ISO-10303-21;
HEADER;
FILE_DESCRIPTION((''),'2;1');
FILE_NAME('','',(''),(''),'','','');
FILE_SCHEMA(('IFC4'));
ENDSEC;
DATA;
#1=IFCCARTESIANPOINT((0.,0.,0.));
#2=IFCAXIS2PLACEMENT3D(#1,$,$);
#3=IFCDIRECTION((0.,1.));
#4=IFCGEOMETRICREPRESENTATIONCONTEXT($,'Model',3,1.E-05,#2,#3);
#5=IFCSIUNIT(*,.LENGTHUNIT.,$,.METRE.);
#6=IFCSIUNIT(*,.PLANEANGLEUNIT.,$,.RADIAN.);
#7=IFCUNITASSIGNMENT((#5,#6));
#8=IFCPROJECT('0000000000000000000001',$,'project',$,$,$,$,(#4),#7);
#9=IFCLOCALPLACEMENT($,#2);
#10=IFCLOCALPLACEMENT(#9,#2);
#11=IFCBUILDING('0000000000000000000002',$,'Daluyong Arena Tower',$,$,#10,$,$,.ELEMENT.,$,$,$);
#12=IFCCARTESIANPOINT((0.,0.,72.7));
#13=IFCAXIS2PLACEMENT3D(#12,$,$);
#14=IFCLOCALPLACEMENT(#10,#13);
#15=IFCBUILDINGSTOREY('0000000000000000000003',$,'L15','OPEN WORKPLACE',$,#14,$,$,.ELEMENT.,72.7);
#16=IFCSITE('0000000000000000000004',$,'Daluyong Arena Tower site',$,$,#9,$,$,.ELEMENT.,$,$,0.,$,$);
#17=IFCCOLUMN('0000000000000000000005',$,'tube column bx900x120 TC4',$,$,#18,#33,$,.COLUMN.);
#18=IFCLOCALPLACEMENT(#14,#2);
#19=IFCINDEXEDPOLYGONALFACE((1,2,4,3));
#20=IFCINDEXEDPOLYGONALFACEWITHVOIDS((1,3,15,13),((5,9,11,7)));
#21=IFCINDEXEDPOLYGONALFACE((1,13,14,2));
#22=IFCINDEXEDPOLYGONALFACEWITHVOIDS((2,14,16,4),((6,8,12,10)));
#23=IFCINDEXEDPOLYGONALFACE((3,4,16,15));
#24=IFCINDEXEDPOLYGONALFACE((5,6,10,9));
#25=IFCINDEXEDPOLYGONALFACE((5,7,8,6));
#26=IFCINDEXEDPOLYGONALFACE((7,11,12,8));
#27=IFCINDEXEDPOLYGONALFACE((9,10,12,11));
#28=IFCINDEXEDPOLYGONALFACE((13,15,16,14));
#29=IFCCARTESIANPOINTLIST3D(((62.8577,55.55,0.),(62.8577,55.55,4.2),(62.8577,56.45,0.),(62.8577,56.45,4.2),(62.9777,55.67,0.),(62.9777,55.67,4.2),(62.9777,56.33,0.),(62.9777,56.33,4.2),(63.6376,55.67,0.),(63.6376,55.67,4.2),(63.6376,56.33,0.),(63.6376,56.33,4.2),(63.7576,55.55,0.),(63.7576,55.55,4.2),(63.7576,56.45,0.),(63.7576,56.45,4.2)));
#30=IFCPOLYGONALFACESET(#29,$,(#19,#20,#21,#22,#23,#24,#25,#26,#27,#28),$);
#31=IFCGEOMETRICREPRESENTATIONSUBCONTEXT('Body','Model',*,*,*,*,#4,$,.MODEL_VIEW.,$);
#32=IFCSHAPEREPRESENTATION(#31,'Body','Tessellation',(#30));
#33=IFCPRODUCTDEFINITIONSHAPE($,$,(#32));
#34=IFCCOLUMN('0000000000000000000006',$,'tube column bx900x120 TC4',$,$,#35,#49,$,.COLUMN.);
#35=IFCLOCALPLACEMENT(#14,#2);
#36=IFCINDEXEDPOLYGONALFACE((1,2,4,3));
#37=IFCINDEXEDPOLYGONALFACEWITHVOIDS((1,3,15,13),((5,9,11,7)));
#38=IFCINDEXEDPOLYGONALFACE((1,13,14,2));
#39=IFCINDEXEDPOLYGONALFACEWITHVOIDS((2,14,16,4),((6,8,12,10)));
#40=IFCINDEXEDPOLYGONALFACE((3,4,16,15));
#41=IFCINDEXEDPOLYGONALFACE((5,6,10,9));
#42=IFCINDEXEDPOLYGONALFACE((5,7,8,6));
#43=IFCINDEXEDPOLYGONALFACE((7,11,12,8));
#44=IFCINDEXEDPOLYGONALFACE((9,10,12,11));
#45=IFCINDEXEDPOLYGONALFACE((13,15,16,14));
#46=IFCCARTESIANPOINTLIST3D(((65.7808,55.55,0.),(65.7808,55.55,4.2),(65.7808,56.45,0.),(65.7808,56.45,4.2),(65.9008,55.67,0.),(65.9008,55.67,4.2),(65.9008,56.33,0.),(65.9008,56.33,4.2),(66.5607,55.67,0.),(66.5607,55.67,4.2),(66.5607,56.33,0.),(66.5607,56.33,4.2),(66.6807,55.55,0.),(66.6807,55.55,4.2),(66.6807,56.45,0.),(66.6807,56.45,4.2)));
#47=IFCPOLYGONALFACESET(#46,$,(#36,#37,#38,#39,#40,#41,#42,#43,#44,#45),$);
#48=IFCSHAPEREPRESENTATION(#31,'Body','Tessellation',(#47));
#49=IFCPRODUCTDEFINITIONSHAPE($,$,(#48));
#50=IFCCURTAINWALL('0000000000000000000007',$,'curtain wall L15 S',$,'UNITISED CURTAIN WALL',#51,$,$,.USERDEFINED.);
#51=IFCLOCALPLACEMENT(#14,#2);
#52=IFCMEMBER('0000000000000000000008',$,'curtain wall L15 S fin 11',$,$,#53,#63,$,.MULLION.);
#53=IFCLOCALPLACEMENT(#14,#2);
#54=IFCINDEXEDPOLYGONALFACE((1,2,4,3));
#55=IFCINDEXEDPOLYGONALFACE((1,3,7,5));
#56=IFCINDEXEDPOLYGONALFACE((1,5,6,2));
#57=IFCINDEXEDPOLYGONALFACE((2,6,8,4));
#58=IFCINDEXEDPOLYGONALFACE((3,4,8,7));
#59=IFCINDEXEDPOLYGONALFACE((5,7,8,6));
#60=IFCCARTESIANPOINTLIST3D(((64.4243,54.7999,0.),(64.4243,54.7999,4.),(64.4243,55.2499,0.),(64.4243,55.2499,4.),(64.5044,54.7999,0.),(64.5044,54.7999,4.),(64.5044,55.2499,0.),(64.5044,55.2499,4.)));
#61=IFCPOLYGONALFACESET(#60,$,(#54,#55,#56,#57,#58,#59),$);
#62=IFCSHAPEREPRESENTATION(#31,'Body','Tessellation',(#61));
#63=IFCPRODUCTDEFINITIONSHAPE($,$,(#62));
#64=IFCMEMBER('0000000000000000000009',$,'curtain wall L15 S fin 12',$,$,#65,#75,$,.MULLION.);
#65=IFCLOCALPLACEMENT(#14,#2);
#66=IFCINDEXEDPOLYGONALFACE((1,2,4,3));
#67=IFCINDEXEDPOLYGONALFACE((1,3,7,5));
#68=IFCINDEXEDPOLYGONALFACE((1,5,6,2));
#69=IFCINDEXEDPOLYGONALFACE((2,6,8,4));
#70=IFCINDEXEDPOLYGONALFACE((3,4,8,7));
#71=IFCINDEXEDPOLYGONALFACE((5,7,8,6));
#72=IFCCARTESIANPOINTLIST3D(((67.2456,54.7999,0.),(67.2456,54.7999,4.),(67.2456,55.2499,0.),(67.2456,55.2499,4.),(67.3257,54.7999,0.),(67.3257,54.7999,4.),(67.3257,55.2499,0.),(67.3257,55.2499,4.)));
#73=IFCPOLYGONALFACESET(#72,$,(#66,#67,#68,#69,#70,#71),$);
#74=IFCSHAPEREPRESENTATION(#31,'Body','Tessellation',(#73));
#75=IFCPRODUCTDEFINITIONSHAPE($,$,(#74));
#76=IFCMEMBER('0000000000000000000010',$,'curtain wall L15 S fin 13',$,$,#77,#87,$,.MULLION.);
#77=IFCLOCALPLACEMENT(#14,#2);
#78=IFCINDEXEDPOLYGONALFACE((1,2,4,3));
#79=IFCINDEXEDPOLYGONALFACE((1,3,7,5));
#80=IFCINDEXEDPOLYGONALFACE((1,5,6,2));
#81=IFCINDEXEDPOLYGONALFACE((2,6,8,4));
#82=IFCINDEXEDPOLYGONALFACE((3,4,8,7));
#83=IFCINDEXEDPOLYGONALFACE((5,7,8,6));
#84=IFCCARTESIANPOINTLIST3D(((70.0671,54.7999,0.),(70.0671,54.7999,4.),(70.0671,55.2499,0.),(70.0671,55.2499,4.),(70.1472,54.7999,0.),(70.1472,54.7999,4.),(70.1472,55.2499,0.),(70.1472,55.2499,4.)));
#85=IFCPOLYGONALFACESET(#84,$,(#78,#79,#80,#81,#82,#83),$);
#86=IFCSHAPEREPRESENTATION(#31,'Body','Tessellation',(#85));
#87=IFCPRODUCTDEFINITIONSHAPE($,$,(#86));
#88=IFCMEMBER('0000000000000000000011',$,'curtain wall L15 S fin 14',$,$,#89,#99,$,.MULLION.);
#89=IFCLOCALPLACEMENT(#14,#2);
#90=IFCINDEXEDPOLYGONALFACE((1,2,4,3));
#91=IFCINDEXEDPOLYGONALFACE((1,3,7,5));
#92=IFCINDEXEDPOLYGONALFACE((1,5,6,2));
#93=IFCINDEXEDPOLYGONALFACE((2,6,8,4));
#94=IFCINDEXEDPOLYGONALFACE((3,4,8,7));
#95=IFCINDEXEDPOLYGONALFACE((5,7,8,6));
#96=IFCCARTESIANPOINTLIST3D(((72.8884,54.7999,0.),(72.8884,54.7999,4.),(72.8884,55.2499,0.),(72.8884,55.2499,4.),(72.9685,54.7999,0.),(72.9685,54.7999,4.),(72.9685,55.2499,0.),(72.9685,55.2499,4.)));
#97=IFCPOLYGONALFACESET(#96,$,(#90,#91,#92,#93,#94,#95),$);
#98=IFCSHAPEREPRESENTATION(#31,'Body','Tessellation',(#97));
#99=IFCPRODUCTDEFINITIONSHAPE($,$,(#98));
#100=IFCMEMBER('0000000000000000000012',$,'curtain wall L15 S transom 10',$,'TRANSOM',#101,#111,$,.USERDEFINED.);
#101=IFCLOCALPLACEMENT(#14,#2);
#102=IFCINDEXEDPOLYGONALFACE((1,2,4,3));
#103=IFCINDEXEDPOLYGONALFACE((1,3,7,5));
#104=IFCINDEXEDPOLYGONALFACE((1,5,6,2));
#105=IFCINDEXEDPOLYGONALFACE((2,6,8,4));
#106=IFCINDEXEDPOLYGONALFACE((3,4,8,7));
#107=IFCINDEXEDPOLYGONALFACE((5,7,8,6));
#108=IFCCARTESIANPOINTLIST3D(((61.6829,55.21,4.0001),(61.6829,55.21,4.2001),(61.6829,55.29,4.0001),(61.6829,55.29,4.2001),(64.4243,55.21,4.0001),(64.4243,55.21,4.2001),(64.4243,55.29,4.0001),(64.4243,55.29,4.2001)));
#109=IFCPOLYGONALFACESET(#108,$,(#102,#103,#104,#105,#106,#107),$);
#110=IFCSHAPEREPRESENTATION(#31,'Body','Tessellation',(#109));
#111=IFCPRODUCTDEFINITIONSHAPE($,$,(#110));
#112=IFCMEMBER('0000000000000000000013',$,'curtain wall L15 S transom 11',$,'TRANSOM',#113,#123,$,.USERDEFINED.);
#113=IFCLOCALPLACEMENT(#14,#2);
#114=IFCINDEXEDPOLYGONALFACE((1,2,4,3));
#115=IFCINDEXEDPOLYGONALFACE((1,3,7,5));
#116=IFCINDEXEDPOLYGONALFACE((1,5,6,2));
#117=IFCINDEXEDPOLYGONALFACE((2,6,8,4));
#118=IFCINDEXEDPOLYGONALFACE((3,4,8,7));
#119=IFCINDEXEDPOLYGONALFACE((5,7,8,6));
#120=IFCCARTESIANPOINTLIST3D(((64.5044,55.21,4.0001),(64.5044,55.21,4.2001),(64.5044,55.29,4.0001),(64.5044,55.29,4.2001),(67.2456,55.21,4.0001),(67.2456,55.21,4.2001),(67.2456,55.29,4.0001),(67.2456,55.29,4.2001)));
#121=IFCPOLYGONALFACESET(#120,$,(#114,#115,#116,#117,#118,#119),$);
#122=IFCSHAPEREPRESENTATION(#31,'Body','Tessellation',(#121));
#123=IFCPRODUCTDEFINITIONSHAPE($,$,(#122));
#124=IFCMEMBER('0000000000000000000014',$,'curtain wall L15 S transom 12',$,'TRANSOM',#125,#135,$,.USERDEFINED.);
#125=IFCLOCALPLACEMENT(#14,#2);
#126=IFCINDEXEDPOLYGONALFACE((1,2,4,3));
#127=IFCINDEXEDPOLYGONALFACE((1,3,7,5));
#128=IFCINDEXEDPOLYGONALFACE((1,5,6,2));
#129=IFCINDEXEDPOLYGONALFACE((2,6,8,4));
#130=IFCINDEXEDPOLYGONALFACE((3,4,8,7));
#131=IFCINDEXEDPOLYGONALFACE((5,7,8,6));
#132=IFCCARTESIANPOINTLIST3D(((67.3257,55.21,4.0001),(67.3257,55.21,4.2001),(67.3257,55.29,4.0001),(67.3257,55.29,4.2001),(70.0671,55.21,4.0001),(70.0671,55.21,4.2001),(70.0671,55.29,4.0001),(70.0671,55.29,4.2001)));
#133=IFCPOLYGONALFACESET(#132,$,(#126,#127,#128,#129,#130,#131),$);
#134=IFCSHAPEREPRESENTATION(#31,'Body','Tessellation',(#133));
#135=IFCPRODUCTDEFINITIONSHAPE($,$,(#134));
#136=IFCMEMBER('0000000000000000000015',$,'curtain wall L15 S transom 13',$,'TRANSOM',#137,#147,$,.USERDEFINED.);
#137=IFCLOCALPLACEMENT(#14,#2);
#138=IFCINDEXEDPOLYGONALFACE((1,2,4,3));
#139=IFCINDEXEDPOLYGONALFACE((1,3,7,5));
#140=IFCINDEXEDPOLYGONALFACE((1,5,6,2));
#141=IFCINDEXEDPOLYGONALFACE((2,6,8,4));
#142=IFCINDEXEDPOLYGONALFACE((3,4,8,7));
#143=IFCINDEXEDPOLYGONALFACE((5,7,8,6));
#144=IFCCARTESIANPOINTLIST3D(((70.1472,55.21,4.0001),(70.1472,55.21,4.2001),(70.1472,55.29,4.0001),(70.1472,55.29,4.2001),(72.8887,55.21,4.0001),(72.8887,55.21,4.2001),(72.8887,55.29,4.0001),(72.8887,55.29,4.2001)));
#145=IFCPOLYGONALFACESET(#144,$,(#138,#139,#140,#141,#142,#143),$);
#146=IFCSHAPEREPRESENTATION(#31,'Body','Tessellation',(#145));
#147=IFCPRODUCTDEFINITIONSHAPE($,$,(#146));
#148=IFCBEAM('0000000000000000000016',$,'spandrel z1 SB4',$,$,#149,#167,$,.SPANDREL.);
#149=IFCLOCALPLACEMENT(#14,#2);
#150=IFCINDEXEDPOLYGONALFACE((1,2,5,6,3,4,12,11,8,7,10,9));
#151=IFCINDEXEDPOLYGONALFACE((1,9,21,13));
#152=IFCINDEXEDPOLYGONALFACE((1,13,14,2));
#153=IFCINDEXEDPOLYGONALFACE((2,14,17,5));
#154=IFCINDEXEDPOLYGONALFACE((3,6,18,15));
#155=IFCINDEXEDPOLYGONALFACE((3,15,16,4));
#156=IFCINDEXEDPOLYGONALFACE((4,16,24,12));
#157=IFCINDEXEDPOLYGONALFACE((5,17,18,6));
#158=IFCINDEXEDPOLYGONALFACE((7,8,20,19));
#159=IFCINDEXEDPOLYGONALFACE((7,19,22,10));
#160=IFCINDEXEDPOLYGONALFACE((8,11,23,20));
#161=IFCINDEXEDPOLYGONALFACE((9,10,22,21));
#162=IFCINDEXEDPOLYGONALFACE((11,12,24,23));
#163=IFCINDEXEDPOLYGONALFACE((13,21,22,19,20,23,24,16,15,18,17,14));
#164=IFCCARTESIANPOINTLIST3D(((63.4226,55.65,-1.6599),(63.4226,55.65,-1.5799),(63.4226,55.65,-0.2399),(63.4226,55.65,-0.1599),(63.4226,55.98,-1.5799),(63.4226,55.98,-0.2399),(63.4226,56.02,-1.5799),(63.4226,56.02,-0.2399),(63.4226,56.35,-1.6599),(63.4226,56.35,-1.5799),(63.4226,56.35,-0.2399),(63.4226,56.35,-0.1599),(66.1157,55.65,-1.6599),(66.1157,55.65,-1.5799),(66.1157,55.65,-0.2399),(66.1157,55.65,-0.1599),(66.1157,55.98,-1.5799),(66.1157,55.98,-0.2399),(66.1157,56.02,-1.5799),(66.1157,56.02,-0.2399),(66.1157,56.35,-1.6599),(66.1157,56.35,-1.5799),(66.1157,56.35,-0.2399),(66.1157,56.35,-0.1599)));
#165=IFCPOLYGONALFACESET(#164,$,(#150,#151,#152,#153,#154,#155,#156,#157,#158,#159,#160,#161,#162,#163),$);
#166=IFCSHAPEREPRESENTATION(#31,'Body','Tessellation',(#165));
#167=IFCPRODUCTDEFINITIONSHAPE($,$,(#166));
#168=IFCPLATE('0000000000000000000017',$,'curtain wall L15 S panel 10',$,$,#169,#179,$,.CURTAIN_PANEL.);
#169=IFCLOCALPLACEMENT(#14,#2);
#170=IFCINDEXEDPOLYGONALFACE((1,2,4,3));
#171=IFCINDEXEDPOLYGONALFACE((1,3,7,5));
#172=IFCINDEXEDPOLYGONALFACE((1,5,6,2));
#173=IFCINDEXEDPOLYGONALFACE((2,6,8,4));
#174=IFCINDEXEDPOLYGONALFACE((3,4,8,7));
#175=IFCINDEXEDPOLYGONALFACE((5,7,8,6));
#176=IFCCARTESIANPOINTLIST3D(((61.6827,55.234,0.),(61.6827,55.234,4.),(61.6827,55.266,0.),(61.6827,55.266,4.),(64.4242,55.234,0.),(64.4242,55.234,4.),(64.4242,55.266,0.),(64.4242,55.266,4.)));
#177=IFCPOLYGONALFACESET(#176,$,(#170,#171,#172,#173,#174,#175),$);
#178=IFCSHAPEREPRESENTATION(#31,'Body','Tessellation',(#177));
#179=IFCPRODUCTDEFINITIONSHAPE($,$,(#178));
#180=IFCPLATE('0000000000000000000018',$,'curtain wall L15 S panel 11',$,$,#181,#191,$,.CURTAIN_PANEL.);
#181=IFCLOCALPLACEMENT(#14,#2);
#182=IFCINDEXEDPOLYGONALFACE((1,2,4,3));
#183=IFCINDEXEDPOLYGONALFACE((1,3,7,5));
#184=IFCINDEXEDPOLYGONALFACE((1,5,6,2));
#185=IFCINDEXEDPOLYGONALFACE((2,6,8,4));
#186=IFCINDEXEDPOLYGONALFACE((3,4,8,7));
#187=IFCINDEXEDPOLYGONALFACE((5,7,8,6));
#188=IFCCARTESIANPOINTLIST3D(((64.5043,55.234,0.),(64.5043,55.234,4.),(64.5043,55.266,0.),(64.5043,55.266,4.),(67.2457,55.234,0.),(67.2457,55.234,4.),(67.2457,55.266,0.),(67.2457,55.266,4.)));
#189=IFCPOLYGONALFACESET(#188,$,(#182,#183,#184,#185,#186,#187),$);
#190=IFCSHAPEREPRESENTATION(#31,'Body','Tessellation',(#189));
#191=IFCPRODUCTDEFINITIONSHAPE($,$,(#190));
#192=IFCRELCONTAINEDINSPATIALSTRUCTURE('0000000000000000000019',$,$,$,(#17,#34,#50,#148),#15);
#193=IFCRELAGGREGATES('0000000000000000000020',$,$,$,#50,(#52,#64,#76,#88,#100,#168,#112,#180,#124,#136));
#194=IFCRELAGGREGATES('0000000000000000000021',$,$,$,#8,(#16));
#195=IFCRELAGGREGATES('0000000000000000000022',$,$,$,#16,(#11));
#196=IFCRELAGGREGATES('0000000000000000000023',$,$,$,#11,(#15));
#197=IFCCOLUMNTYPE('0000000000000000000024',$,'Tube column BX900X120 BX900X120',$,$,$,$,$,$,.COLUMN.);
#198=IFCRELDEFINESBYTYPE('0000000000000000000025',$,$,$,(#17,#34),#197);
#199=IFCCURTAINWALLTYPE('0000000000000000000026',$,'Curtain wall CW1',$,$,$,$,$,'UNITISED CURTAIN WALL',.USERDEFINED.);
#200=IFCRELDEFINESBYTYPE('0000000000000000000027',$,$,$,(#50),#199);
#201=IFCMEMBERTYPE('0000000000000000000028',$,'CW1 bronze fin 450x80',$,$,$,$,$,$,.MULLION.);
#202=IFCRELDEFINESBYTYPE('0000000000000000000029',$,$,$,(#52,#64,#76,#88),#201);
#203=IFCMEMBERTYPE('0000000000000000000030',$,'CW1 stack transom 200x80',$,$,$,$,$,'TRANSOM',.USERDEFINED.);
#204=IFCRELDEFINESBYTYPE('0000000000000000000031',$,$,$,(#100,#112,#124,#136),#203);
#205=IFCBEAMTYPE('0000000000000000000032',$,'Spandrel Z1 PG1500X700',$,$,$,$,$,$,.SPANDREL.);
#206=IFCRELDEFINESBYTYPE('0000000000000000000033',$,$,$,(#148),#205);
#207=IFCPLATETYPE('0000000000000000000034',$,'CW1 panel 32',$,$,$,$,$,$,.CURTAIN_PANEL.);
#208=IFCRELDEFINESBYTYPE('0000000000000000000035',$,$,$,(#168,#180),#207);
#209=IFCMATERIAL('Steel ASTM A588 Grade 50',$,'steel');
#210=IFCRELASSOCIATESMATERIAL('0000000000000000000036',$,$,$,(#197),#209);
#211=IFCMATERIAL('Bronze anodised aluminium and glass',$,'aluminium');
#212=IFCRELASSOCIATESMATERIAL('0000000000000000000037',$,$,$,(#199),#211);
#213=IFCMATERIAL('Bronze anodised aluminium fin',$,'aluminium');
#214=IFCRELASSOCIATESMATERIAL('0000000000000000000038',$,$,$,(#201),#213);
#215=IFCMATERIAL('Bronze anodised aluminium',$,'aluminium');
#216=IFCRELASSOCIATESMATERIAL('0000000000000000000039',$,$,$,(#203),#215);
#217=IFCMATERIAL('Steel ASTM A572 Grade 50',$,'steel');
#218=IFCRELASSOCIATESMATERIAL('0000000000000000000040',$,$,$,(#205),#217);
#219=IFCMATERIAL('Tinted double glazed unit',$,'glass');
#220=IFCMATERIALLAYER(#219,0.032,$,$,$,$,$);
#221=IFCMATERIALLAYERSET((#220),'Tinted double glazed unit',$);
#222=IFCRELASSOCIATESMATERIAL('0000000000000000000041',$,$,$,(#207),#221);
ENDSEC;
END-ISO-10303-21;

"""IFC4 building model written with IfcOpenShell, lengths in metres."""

from ifc_helpers import new_model, si_unit, direction, frame, origin, origin_2d, place, context, subcontext, project, spatial, rectangle, hollow_rectangle, i_section, extrude, material, layer, layer_set, material_profile, profile_set, type_object, element, aggregate, save


model = new_model("IFC4")

# Units and contexts
model_context = context("Model", 3, precision=1e-05, world=origin(), true_north=direction((0.0, 1.0)))
body_context = subcontext(model_context, "Body", "Model", "MODEL_VIEW")
ifc_project = project(units=[si_unit("LENGTHUNIT", "METRE"), si_unit("PLANEANGLEUNIT", "RADIAN")], contexts=[model_context])

# Site, building, storey
site_placement = place(None, origin())
site = spatial("IfcSite", under=ifc_project, at=site_placement, Name="Daluyong Arena Tower site", CompositionType="ELEMENT", RefElevation=0.0)
building_placement = place(site_placement, origin())
building = spatial("IfcBuilding", under=site, at=building_placement, Name="Daluyong Arena Tower", CompositionType="ELEMENT")
storey_placement = place(building_placement, frame((0.0, 0.0, 72.7)))
storey = spatial("IfcBuildingStorey", under=building, at=storey_placement, Name="L15", Description="OPEN WORKPLACE", CompositionType="ELEMENT", Elevation=72.7)

# Columns
ifc_material_1 = material(Name="Steel ASTM A588 Grade 50", Category="steel")
ifc_material_profile_1 = material_profile(ifc_material_1, hollow_rectangle(XDim=0.8999, YDim=0.8999, WallThickness=0.12, at=origin_2d()))
ifc_profile_set_1 = profile_set([ifc_material_profile_1], Name="Steel ASTM A588 Grade 50")
column_type = type_object("IfcColumnType", Name="Tube column BX900X120 BX900X120", PredefinedType="COLUMN", material=ifc_profile_set_1)
for number, where, z_axis, x_axis, name in (
    (1, (63.3076, 56.0, 0.0), (0.0, 0.0, 1.0), (1.0, 0.0, 0.0), "tube column bx900x120 TC4"),
    (2, (66.2307, 56.0, 0.0), (0.0, 0.0, 1.0), (1.0, 0.0, 0.0), "tube column bx900x120 TC4"),
):
    element("IfcColumn", number, at=place(storey_placement, frame(where, z_axis=z_axis, x_axis=x_axis)), inside=storey, type_object=column_type, Name=name, PredefinedType="COLUMN", context=body_context, shape_type="SweptSolid", body=[
        extrude(hollow_rectangle(XDim=0.8999, YDim=0.8999, WallThickness=0.12, at=origin_2d()), origin(), (0.0, 0.0, 1.0), 4.2),
    ])

# Curtain wall, members
ifc_material_2 = material(Name="Bronze anodised aluminium and glass", Category="aluminium")
curtain_wall_type = type_object("IfcCurtainWallType", Name="Curtain wall CW1", ElementType="UNITISED CURTAIN WALL", PredefinedType="USERDEFINED", material=ifc_material_2)
curtain_wall_placement = place(storey_placement, origin())
curtain_wall = element("IfcCurtainWall", 3, at=curtain_wall_placement, inside=storey, type_object=curtain_wall_type, Name="curtain wall L15 S", ObjectType="UNITISED CURTAIN WALL", PredefinedType="USERDEFINED")
ifc_material_3 = material(Name="Bronze anodised aluminium fin", Category="aluminium")
ifc_material_profile_2 = material_profile(ifc_material_3, rectangle(XDim=0.45, YDim=0.0801, at=origin_2d()))
ifc_profile_set_2 = profile_set([ifc_material_profile_2], Name="Bronze anodised aluminium fin")
member_type_1 = type_object("IfcMemberType", Name="CW1 bronze fin 450x80", PredefinedType="MULLION", material=ifc_profile_set_2)
member_1_placement = place(storey_placement, frame((64.4644, 55.0249, 0.0), z_axis=(0.0, 0.0, 1.0), x_axis=(0.0, 1.0, 0.0)))
member_1 = element("IfcMember", 4, at=member_1_placement, type_object=member_type_1, Name="curtain wall L15 S fin 11", PredefinedType="MULLION", context=body_context, shape_type="SweptSolid", body=[
    extrude(rectangle(XDim=0.45, YDim=0.0801, at=origin_2d()), origin(), (0.0, 0.0, 1.0), 4.0),
])
member_2_placement = place(storey_placement, frame((67.2856, 55.0249, 0.0), z_axis=(0.0, 0.0, 1.0), x_axis=(0.0, 1.0, 0.0)))
member_2 = element("IfcMember", 5, at=member_2_placement, type_object=member_type_1, Name="curtain wall L15 S fin 12", PredefinedType="MULLION", context=body_context, shape_type="SweptSolid", body=[
    extrude(rectangle(XDim=0.45, YDim=0.0801, at=origin_2d()), origin(), (0.0, 0.0, 1.0), 4.0),
])
member_3_placement = place(storey_placement, frame((70.1072, 55.0249, 0.0), z_axis=(0.0, 0.0, 1.0), x_axis=(0.0, 1.0, 0.0)))
member_3 = element("IfcMember", 6, at=member_3_placement, type_object=member_type_1, Name="curtain wall L15 S fin 13", PredefinedType="MULLION", context=body_context, shape_type="SweptSolid", body=[
    extrude(rectangle(XDim=0.45, YDim=0.0801, at=origin_2d()), origin(), (0.0, 0.0, 1.0), 4.0),
])
member_4_placement = place(storey_placement, frame((72.9285, 55.0249, 0.0), z_axis=(0.0, 0.0, 1.0), x_axis=(0.0, 1.0, 0.0)))
member_4 = element("IfcMember", 7, at=member_4_placement, type_object=member_type_1, Name="curtain wall L15 S fin 14", PredefinedType="MULLION", context=body_context, shape_type="SweptSolid", body=[
    extrude(rectangle(XDim=0.45, YDim=0.0801, at=origin_2d()), origin(), (0.0, 0.0, 1.0), 4.0),
])
ifc_material_4 = material(Name="Bronze anodised aluminium", Category="aluminium")
ifc_material_profile_3 = material_profile(ifc_material_4, rectangle(XDim=0.0801, YDim=0.2, at=origin_2d()))
ifc_profile_set_3 = profile_set([ifc_material_profile_3], Name="Bronze anodised aluminium")
member_type_2 = type_object("IfcMemberType", Name="CW1 stack transom 200x80", ElementType="TRANSOM", PredefinedType="USERDEFINED", material=ifc_profile_set_3)
member_5_placement = place(storey_placement, frame((61.6829, 55.25, 4.1001), z_axis=(1.0, 0.0, 0.0), x_axis=(0.0, 1.0, 0.0)))
member_5 = element("IfcMember", 8, at=member_5_placement, type_object=member_type_2, Name="curtain wall L15 S transom 10", ObjectType="TRANSOM", PredefinedType="USERDEFINED", context=body_context, shape_type="SweptSolid", body=[
    extrude(rectangle(XDim=0.0801, YDim=0.2, at=origin_2d()), origin(), (0.0, 0.0, 1.0), 2.7415),
])
member_6_placement = place(storey_placement, frame((64.5044, 55.25, 4.1001), z_axis=(1.0, 0.0, 0.0), x_axis=(0.0, 1.0, 0.0)))
member_6 = element("IfcMember", 9, at=member_6_placement, type_object=member_type_2, Name="curtain wall L15 S transom 11", ObjectType="TRANSOM", PredefinedType="USERDEFINED", context=body_context, shape_type="SweptSolid", body=[
    extrude(rectangle(XDim=0.0801, YDim=0.2, at=origin_2d()), origin(), (0.0, 0.0, 1.0), 2.7412),
])
member_7_placement = place(storey_placement, frame((67.3257, 55.25, 4.1001), z_axis=(1.0, 0.0, 0.0), x_axis=(0.0, 1.0, 0.0)))
member_7 = element("IfcMember", 10, at=member_7_placement, type_object=member_type_2, Name="curtain wall L15 S transom 12", ObjectType="TRANSOM", PredefinedType="USERDEFINED", context=body_context, shape_type="SweptSolid", body=[
    extrude(rectangle(XDim=0.0801, YDim=0.2, at=origin_2d()), origin(), (0.0, 0.0, 1.0), 2.7415),
])
member_8_placement = place(storey_placement, frame((70.1472, 55.25, 4.1001), z_axis=(1.0, 0.0, 0.0), x_axis=(0.0, 1.0, 0.0)))
member_8 = element("IfcMember", 11, at=member_8_placement, type_object=member_type_2, Name="curtain wall L15 S transom 13", ObjectType="TRANSOM", PredefinedType="USERDEFINED", context=body_context, shape_type="SweptSolid", body=[
    extrude(rectangle(XDim=0.0801, YDim=0.2, at=origin_2d()), origin(), (0.0, 0.0, 1.0), 2.7415),
])

# Beam
ifc_material_5 = material(Name="Steel ASTM A572 Grade 50", Category="steel")
ifc_material_profile_4 = material_profile(ifc_material_5, i_section(OverallWidth=0.7, OverallDepth=1.5, WebThickness=0.04, FlangeThickness=0.08, at=origin_2d()))
ifc_profile_set_4 = profile_set([ifc_material_profile_4], Name="Steel ASTM A572 Grade 50")
beam_type = type_object("IfcBeamType", Name="Spandrel Z1 PG1500X700", PredefinedType="SPANDREL", material=ifc_profile_set_4)
beam_placement = place(storey_placement, frame((63.4226, 56.0, -0.9099), z_axis=(1.0, 0.0, 0.0), x_axis=(0.0, 1.0, 0.0)))
element("IfcBeam", 12, at=beam_placement, inside=storey, type_object=beam_type, Name="spandrel z1 SB4", PredefinedType="SPANDREL", context=body_context, shape_type="SweptSolid", body=[
    extrude(i_section(OverallWidth=0.7, OverallDepth=1.5, WebThickness=0.04, FlangeThickness=0.08, at=origin_2d()), origin(), (0.0, 0.0, 1.0), 2.6931),
])

# Plates
ifc_material_6 = material(Name="Tinted double glazed unit", Category="glass")
ifc_layer_1 = layer(ifc_material_6, 0.032)
ifc_layer_set_1 = layer_set([ifc_layer_1], Name="Tinted double glazed unit")
plate_type = type_object("IfcPlateType", Name="CW1 panel 32", PredefinedType="CURTAIN_PANEL", material=ifc_layer_set_1)
plate_1_placement = place(storey_placement, frame((63.0535, 55.25, 0.0), z_axis=(0.0, 0.0, 1.0), x_axis=(1.0, 0.0, 0.0)))
plate_1 = element("IfcPlate", 13, at=plate_1_placement, type_object=plate_type, Name="curtain wall L15 S panel 10", PredefinedType="CURTAIN_PANEL", context=body_context, shape_type="SweptSolid", body=[
    extrude(rectangle(XDim=2.7415, YDim=0.032, at=origin_2d()), origin(), (0.0, 0.0, 1.0), 4.0),
])
plate_2_placement = place(storey_placement, frame((65.875, 55.25, 0.0), z_axis=(0.0, 0.0, 1.0), x_axis=(1.0, 0.0, 0.0)))
plate_2 = element("IfcPlate", 14, at=plate_2_placement, type_object=plate_type, Name="curtain wall L15 S panel 11", PredefinedType="CURTAIN_PANEL", context=body_context, shape_type="SweptSolid", body=[
    extrude(rectangle(XDim=2.7415, YDim=0.032, at=origin_2d()), origin(), (0.0, 0.0, 1.0), 4.0),
])
aggregate(curtain_wall, [member_1, member_2, member_3, member_4, member_5, plate_1, member_6, plate_2, member_7, member_8])

save(model, "model.ifc")
